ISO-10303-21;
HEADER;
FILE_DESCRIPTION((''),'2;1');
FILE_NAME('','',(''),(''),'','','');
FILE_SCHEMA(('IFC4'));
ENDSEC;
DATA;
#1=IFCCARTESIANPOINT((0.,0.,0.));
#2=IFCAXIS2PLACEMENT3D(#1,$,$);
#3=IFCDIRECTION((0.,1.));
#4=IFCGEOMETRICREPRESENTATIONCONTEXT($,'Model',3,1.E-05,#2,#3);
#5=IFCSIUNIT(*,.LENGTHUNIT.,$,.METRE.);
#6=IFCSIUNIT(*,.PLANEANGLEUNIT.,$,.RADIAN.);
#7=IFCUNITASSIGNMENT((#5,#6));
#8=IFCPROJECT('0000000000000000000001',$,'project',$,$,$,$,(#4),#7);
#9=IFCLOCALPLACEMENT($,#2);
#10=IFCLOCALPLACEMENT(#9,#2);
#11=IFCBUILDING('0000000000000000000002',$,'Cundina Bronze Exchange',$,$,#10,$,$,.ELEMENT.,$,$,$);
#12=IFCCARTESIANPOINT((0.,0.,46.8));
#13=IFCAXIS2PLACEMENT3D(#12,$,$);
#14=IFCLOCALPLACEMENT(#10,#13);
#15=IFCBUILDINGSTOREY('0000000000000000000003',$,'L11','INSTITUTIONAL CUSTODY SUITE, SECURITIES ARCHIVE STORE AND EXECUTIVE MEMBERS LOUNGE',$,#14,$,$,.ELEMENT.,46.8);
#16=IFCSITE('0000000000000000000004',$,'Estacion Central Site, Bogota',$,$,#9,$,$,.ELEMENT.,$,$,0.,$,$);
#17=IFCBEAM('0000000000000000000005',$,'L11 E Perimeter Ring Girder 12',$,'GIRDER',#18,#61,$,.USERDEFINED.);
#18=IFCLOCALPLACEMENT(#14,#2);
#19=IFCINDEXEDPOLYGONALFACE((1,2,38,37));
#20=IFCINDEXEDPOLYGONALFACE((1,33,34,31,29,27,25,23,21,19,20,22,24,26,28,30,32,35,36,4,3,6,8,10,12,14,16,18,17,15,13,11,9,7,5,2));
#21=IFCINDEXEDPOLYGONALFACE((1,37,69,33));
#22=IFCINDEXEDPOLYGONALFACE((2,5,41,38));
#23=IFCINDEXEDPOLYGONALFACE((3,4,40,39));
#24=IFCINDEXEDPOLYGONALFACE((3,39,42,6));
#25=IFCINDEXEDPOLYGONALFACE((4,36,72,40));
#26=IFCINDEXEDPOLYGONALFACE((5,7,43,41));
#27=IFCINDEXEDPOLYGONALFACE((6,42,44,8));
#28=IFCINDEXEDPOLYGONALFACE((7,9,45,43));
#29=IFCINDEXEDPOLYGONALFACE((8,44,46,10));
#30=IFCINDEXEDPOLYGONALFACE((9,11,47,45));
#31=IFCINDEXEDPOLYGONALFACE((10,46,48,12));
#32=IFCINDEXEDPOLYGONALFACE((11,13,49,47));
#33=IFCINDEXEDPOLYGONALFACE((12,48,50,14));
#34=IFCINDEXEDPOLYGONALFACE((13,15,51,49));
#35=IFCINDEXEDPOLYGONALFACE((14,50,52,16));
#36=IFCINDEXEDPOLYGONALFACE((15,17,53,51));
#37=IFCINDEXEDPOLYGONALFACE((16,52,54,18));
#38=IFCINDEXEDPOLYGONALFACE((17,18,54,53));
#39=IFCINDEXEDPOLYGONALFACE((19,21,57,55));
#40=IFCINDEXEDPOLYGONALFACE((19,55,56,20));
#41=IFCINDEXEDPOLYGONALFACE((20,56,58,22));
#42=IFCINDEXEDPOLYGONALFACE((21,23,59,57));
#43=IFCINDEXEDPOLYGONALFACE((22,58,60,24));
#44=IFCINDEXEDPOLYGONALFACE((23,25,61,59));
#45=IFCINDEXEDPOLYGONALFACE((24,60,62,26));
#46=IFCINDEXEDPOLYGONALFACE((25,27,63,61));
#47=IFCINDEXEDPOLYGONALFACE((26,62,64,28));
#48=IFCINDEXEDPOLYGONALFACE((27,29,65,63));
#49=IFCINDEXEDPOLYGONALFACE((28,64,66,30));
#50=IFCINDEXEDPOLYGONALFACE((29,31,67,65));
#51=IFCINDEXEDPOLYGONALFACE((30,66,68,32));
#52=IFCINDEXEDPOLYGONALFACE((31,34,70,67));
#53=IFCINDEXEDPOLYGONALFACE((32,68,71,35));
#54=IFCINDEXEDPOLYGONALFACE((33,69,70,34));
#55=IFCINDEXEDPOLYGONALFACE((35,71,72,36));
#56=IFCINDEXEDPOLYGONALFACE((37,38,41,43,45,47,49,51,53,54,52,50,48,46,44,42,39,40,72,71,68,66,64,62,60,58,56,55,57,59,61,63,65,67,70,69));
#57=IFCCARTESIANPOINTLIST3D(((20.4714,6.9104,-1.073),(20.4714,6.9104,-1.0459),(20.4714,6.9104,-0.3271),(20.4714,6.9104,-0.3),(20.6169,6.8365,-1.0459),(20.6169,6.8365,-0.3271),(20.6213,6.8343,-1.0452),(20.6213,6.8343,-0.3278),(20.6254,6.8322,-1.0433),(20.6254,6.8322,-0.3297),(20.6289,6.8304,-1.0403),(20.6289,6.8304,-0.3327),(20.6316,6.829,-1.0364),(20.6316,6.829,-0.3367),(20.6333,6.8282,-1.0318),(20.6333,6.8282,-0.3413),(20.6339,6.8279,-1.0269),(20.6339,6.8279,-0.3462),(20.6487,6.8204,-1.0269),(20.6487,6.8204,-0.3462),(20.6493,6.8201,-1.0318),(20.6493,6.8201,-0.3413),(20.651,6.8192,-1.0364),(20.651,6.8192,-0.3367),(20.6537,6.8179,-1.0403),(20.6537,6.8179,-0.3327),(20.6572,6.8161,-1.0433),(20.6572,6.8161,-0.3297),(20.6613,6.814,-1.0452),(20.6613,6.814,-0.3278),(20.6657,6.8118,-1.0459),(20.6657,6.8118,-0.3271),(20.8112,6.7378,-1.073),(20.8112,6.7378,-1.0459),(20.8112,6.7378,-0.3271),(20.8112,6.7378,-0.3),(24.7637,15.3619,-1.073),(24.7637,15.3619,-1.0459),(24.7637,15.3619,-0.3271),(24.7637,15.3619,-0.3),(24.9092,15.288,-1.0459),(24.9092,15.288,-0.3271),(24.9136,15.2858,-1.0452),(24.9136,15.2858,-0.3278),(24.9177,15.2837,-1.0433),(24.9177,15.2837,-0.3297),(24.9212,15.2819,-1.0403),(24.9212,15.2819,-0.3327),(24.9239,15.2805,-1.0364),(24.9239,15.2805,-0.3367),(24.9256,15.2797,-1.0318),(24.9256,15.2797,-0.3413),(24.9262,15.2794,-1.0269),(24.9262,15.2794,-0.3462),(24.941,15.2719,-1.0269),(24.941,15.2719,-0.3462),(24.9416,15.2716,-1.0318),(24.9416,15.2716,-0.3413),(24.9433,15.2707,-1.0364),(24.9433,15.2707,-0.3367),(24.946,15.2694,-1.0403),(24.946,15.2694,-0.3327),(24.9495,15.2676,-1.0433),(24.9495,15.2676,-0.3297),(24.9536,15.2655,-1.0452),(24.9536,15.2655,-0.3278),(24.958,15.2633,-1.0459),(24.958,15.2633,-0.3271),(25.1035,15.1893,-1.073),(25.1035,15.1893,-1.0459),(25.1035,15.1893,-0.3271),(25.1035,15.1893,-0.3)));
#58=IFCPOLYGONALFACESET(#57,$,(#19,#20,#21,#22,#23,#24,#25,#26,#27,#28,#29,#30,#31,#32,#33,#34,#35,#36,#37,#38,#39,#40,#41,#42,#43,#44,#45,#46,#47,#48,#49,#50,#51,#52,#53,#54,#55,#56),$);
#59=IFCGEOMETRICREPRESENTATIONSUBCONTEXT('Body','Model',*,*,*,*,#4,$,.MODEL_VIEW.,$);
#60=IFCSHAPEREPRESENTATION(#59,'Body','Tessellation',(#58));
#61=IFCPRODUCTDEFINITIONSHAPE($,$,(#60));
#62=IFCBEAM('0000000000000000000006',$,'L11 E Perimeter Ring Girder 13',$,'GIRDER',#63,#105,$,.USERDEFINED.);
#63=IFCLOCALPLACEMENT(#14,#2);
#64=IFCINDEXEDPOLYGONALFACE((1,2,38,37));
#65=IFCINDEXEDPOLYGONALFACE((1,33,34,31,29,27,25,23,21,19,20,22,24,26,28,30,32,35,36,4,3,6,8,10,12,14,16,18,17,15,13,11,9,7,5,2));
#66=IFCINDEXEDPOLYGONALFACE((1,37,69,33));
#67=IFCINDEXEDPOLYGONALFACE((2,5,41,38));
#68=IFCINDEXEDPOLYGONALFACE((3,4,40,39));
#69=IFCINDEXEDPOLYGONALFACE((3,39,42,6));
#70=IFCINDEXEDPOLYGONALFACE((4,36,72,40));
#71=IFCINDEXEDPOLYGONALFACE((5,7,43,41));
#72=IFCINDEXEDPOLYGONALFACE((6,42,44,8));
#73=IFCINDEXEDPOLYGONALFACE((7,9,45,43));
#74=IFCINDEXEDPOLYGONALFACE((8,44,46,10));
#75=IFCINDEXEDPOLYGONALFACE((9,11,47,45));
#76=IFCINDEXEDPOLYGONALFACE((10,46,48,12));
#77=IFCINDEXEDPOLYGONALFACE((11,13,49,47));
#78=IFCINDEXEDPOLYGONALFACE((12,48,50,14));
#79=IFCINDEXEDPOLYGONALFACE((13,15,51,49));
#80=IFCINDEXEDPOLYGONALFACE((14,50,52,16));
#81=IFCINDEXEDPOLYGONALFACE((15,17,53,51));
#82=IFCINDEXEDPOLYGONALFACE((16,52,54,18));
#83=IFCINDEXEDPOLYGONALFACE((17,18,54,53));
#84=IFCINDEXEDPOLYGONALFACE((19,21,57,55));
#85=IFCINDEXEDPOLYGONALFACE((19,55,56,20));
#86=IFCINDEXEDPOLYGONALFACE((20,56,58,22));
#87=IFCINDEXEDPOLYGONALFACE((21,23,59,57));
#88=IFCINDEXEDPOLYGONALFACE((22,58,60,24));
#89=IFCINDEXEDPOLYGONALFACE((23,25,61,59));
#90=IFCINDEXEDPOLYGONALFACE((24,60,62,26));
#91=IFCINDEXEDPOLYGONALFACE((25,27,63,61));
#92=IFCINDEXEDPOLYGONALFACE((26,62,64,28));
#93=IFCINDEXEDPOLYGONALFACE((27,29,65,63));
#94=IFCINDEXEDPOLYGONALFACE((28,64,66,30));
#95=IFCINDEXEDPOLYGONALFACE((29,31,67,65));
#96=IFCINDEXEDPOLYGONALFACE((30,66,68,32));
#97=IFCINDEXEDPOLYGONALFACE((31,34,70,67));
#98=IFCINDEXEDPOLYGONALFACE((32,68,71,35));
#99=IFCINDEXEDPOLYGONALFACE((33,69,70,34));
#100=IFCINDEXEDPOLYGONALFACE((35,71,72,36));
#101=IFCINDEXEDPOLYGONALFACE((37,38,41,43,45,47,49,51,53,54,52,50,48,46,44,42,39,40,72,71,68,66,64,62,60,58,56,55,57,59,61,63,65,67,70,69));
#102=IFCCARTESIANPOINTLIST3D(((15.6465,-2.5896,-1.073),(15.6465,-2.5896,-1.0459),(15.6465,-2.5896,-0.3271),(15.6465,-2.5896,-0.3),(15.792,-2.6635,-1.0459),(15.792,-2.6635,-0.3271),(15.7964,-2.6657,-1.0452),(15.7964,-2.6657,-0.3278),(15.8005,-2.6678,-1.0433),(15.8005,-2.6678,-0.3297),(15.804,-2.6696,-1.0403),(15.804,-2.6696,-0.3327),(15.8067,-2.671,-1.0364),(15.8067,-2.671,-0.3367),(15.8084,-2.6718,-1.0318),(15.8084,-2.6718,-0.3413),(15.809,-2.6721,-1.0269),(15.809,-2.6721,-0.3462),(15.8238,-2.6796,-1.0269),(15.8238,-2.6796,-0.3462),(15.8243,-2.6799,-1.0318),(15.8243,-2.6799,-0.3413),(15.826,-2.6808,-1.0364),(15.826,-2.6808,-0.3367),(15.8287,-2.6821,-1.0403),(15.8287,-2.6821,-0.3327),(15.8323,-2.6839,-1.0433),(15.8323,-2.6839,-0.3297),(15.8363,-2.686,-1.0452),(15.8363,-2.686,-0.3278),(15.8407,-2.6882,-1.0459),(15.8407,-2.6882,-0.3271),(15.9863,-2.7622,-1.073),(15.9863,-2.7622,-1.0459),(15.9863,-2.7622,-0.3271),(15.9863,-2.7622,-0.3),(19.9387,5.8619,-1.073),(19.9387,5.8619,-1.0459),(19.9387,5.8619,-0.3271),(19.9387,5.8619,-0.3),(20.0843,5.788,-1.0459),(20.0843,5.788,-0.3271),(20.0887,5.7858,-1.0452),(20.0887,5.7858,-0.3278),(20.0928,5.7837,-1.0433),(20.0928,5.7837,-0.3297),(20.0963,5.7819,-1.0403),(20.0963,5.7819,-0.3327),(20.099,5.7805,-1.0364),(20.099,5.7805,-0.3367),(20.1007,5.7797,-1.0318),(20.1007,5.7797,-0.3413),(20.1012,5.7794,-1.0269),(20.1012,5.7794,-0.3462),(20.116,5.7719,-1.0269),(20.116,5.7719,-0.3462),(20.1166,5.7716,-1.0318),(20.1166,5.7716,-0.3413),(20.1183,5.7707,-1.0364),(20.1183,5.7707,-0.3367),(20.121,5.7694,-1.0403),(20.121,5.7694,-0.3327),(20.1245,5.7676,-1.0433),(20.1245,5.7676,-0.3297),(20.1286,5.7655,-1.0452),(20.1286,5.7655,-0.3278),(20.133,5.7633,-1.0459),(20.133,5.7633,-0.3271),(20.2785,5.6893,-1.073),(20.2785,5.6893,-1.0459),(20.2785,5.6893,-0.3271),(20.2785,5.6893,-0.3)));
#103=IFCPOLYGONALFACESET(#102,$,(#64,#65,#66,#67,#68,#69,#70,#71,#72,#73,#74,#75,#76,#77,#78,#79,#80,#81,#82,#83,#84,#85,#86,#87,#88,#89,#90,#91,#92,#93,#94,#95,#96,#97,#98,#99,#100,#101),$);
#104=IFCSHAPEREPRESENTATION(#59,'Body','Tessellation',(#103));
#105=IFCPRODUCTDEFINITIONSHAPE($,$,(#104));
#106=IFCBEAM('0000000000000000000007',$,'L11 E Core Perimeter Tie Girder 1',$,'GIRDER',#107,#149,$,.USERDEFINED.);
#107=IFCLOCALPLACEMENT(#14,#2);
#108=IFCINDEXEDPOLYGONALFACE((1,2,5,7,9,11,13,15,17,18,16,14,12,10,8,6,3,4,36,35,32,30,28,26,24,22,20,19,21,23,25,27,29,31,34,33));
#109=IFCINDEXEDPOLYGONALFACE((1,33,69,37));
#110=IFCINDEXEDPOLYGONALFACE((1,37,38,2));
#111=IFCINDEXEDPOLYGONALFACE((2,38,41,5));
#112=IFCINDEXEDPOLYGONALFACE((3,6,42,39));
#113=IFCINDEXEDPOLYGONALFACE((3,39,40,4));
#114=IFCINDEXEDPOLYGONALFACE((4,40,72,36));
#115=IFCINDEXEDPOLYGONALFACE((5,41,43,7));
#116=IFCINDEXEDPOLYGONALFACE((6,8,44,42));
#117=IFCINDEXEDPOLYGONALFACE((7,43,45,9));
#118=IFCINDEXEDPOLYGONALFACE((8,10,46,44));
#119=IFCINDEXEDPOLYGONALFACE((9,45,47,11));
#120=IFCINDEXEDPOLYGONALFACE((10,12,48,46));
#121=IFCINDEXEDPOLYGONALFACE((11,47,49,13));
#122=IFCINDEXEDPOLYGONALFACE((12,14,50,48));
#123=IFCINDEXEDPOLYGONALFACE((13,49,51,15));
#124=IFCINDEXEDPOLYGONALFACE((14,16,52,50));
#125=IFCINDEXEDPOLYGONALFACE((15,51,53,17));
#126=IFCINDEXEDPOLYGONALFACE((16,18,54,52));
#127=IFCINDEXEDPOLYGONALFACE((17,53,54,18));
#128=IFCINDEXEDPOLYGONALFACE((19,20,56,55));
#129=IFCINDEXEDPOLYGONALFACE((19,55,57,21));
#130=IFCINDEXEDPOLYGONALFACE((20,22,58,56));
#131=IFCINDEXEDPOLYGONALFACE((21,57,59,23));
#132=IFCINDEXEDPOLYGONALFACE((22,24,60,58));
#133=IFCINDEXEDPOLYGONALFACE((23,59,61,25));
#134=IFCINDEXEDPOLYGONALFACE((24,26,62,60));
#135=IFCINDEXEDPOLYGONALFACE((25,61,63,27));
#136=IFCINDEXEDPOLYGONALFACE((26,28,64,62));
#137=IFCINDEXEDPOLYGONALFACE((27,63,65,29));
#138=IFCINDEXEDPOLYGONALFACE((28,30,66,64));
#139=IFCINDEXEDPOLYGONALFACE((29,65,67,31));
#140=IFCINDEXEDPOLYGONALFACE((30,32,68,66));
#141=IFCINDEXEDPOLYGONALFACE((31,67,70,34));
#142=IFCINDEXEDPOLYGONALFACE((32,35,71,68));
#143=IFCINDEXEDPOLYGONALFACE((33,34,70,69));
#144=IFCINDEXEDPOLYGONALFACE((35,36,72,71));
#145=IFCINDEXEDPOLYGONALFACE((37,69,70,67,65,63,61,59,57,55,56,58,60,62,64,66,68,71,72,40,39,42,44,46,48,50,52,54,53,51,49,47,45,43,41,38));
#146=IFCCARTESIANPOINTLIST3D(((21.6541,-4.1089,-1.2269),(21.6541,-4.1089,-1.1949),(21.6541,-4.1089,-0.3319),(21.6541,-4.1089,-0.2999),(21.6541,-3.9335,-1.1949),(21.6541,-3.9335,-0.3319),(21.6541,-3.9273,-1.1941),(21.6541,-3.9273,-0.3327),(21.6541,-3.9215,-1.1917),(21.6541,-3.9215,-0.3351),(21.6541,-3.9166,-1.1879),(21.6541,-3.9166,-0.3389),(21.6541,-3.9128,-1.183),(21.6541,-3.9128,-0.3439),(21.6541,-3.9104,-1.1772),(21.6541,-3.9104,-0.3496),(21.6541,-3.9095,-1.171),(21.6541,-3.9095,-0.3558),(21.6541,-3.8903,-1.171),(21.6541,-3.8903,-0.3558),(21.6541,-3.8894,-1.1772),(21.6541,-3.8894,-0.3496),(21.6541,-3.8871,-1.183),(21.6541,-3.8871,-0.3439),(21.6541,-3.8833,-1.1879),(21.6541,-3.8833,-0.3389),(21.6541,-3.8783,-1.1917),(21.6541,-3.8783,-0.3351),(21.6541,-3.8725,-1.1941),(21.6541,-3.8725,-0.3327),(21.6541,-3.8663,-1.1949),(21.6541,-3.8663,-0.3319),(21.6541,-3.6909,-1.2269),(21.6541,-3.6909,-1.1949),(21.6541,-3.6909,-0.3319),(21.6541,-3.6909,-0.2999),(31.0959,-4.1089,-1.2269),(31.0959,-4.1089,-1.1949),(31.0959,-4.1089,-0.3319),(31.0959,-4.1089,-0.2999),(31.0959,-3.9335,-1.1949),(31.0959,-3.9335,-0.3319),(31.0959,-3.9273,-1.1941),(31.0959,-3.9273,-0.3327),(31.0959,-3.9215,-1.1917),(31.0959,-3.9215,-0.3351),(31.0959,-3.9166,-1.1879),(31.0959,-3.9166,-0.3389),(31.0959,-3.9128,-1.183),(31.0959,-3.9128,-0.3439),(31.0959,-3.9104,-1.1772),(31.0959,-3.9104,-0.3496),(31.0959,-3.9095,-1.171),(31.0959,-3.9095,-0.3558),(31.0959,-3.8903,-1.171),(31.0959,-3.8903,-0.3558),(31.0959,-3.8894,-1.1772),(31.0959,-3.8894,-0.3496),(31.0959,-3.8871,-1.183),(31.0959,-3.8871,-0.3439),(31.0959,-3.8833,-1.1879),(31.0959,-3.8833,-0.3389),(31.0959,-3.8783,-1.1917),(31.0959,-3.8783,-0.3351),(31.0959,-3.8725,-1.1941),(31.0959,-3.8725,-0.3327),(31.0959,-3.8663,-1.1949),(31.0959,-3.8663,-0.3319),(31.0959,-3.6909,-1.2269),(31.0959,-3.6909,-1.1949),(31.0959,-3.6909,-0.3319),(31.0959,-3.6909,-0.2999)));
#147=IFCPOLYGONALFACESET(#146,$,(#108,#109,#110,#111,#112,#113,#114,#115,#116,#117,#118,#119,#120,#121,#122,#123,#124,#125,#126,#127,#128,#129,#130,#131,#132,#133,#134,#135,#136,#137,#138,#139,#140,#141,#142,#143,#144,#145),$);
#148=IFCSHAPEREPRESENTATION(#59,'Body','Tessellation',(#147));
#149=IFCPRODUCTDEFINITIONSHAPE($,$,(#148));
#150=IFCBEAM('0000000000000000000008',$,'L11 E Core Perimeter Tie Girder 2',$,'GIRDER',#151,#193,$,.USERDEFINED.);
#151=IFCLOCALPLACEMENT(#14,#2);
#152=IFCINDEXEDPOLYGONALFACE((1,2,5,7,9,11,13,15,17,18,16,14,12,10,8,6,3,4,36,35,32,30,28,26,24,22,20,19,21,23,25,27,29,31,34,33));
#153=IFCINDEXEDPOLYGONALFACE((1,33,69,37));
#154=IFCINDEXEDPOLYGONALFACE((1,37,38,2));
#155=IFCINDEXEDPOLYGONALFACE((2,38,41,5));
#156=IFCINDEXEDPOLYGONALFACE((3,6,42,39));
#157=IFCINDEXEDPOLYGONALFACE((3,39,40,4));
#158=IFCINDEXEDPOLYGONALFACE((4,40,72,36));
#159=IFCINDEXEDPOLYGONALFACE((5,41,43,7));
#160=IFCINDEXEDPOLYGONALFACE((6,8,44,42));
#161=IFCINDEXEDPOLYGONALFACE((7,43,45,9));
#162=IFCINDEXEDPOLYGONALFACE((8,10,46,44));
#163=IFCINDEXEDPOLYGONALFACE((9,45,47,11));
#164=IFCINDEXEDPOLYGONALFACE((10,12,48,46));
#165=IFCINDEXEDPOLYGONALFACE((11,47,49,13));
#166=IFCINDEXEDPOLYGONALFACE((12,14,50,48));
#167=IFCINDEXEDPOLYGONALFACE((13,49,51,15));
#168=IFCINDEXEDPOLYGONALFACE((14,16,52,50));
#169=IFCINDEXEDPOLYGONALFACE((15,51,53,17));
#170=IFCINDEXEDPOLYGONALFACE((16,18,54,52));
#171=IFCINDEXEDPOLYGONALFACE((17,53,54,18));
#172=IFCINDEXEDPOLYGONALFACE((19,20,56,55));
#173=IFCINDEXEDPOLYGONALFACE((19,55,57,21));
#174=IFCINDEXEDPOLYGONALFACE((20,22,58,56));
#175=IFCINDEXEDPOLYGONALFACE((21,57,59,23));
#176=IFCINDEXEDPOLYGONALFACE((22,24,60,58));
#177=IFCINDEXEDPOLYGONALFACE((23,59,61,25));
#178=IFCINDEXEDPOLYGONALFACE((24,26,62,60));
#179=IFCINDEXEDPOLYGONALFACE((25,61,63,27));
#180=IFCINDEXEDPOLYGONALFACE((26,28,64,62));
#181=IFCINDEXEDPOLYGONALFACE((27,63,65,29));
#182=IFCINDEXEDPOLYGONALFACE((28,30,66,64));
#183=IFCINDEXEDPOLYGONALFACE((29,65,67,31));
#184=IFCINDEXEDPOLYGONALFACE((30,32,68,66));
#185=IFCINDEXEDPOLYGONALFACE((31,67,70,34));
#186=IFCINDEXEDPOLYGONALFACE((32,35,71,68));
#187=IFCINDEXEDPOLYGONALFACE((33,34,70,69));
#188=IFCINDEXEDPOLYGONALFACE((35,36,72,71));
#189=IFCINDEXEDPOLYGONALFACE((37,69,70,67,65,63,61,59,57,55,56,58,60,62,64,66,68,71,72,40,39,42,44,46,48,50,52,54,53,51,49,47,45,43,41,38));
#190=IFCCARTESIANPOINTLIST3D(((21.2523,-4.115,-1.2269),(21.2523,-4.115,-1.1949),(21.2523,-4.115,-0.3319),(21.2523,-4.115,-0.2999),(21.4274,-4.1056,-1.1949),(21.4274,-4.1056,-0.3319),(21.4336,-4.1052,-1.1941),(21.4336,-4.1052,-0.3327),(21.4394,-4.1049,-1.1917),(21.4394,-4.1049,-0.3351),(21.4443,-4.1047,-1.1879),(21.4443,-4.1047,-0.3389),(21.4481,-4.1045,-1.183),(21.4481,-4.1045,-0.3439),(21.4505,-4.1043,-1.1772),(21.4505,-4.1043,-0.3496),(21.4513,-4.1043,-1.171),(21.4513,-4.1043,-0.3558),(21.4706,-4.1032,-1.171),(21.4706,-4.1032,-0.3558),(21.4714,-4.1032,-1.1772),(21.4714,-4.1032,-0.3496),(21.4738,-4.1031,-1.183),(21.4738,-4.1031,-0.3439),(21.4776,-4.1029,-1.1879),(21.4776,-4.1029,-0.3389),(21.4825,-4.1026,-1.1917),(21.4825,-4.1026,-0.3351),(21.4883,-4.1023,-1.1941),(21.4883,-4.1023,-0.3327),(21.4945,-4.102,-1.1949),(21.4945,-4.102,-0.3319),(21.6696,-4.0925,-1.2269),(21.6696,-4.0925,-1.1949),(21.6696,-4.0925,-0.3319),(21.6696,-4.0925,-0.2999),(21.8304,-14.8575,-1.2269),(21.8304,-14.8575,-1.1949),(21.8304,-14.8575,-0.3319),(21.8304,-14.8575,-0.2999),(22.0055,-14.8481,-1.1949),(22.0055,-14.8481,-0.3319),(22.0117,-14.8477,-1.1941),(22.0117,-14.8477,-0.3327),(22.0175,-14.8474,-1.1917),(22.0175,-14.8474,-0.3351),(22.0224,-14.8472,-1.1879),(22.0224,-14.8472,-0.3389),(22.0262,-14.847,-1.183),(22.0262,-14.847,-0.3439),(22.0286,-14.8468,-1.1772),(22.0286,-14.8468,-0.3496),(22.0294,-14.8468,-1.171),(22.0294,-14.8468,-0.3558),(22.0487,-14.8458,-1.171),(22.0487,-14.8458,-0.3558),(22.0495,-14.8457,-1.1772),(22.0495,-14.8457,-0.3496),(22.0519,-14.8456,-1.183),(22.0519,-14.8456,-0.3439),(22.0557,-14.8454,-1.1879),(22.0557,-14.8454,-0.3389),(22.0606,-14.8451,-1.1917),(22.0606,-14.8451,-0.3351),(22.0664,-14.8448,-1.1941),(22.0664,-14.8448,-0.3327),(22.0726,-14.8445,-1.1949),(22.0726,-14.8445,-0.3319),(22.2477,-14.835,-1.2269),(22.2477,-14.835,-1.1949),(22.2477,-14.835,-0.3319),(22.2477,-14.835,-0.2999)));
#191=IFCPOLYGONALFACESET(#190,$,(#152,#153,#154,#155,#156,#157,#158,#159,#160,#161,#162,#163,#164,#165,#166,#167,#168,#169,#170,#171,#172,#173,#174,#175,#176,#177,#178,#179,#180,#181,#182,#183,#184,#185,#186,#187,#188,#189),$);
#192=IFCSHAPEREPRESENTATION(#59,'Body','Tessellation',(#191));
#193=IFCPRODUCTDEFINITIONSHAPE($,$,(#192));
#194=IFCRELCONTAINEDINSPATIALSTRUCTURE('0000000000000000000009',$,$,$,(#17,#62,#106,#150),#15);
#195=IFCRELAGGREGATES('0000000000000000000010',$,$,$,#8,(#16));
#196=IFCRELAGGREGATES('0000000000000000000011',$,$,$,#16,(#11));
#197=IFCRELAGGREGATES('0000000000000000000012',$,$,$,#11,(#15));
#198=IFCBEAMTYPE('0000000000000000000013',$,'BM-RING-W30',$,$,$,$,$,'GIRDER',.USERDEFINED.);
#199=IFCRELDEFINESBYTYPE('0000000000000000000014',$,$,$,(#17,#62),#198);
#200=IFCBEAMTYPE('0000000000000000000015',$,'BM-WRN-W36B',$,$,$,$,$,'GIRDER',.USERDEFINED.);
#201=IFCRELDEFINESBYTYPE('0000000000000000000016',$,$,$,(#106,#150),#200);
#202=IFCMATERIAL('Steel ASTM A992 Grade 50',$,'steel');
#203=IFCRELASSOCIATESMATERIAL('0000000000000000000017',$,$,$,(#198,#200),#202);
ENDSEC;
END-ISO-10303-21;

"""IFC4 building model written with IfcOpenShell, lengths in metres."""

from ifc_helpers import new_model, si_unit, direction, frame, origin, origin_2d, place, context, subcontext, project, spatial, i_section, extrude, material, material_profile, profile_set, type_object, element, save


model = new_model("IFC4")

# Units and contexts
model_context = context("Model", 3, precision=1e-05, world=origin(), true_north=direction((0.0, 1.0)))
body_context = subcontext(model_context, "Body", "Model", "MODEL_VIEW")
ifc_project = project(units=[si_unit("LENGTHUNIT", "METRE"), si_unit("PLANEANGLEUNIT", "RADIAN")], contexts=[model_context])

# Site, building, storey
site_placement = place(None, origin())
site = spatial("IfcSite", under=ifc_project, at=site_placement, Name="Estacion Central Site, Bogota", CompositionType="ELEMENT", RefElevation=0.0)
building_placement = place(site_placement, origin())
building = spatial("IfcBuilding", under=site, at=building_placement, Name="Cundina Bronze Exchange", CompositionType="ELEMENT")
storey_placement = place(building_placement, frame((0.0, 0.0, 46.8)))
storey = spatial("IfcBuildingStorey", under=building, at=storey_placement, Name="L11", Description="INSTITUTIONAL CUSTODY SUITE, SECURITIES ARCHIVE STORE AND EXECUTIVE MEMBERS LOUNGE", CompositionType="ELEMENT", Elevation=46.8)

# Shared definitions
ifc_material_1 = material(Name="Steel ASTM A992 Grade 50", Category="steel")

# Beams
ifc_material_profile_1 = material_profile(ifc_material_1, i_section(OverallWidth=0.3811, OverallDepth=0.7729, WebThickness=0.0166, FlangeThickness=0.0271, FilletRadius=0.019, at=origin_2d()), Name="W30X173", Category="steel")
ifc_profile_set_1 = profile_set([ifc_material_profile_1], Name="Steel ASTM A992 Grade 50")
beam_type_1 = type_object("IfcBeamType", Name="BM-RING-W30", ElementType="GIRDER", PredefinedType="USERDEFINED", material=ifc_profile_set_1)
for number, where, z_axis, x_axis, name in (
    (1, (24.9336, 15.2756, -0.6865), (-0.45282, -0.891602, 0.0), (0.891602, -0.45282, 0.0), "L11 E Perimeter Ring Girder 12"),
    (2, (20.1086, 5.7756, -0.6865), (-0.45282, -0.891602, 0.0), (0.891602, -0.45282, 0.0), "L11 E Perimeter Ring Girder 13"),
):
    element("IfcBeam", number, at=place(storey_placement, frame(where, z_axis=z_axis, x_axis=x_axis)), inside=storey, type_object=beam_type_1, Name=name, ObjectType="GIRDER", PredefinedType="USERDEFINED", context=body_context, shape_type="SweptSolid", body=[
        extrude(i_section(OverallWidth=0.3811, OverallDepth=0.7729, WebThickness=0.0166, FlangeThickness=0.0271, FilletRadius=0.019, at=origin_2d()), origin(), (0.0, 0.0, 1.0), 9.479),
    ])
ifc_material_profile_2 = material_profile(ifc_material_1, i_section(OverallWidth=0.418, OverallDepth=0.927, WebThickness=0.0193, FlangeThickness=0.032, FilletRadius=0.0239, at=origin_2d()), Name="W36X231", Category="steel")
ifc_profile_set_2 = profile_set([ifc_material_profile_2], Name="Steel ASTM A992 Grade 50")
beam_type_2 = type_object("IfcBeamType", Name="BM-WRN-W36B", ElementType="GIRDER", PredefinedType="USERDEFINED", material=ifc_profile_set_2)
beam_1_placement = place(storey_placement, frame((31.0959, -3.8999, -0.7634), z_axis=(-1.0, 0.0, 0.0), x_axis=(0.0, -1.0, 0.0)))
element("IfcBeam", 3, at=beam_1_placement, inside=storey, type_object=beam_type_2, Name="L11 E Core Perimeter Tie Girder 1", ObjectType="GIRDER", PredefinedType="USERDEFINED", context=body_context, shape_type="SweptSolid", body=[
    extrude(i_section(OverallWidth=0.418, OverallDepth=0.927, WebThickness=0.0193, FlangeThickness=0.032, FilletRadius=0.0239, at=origin_2d()), origin(), (0.0, 0.0, 1.0), 9.4419),
])
beam_2_placement = place(storey_placement, frame((21.4609, -4.1038, -0.7634), z_axis=(0.053739, -0.998555, 0.0), x_axis=(0.998555, 0.053739, 0.0)))
element("IfcBeam", 4, at=beam_2_placement, inside=storey, type_object=beam_type_2, Name="L11 E Core Perimeter Tie Girder 2", ObjectType="GIRDER", PredefinedType="USERDEFINED", context=body_context, shape_type="SweptSolid", body=[
    extrude(i_section(OverallWidth=0.418, OverallDepth=0.927, WebThickness=0.0193, FlangeThickness=0.032, FilletRadius=0.0239, at=origin_2d()), origin(), (0.0, 0.0, 1.0), 10.7581),
])

save(model, "model.ifc")
